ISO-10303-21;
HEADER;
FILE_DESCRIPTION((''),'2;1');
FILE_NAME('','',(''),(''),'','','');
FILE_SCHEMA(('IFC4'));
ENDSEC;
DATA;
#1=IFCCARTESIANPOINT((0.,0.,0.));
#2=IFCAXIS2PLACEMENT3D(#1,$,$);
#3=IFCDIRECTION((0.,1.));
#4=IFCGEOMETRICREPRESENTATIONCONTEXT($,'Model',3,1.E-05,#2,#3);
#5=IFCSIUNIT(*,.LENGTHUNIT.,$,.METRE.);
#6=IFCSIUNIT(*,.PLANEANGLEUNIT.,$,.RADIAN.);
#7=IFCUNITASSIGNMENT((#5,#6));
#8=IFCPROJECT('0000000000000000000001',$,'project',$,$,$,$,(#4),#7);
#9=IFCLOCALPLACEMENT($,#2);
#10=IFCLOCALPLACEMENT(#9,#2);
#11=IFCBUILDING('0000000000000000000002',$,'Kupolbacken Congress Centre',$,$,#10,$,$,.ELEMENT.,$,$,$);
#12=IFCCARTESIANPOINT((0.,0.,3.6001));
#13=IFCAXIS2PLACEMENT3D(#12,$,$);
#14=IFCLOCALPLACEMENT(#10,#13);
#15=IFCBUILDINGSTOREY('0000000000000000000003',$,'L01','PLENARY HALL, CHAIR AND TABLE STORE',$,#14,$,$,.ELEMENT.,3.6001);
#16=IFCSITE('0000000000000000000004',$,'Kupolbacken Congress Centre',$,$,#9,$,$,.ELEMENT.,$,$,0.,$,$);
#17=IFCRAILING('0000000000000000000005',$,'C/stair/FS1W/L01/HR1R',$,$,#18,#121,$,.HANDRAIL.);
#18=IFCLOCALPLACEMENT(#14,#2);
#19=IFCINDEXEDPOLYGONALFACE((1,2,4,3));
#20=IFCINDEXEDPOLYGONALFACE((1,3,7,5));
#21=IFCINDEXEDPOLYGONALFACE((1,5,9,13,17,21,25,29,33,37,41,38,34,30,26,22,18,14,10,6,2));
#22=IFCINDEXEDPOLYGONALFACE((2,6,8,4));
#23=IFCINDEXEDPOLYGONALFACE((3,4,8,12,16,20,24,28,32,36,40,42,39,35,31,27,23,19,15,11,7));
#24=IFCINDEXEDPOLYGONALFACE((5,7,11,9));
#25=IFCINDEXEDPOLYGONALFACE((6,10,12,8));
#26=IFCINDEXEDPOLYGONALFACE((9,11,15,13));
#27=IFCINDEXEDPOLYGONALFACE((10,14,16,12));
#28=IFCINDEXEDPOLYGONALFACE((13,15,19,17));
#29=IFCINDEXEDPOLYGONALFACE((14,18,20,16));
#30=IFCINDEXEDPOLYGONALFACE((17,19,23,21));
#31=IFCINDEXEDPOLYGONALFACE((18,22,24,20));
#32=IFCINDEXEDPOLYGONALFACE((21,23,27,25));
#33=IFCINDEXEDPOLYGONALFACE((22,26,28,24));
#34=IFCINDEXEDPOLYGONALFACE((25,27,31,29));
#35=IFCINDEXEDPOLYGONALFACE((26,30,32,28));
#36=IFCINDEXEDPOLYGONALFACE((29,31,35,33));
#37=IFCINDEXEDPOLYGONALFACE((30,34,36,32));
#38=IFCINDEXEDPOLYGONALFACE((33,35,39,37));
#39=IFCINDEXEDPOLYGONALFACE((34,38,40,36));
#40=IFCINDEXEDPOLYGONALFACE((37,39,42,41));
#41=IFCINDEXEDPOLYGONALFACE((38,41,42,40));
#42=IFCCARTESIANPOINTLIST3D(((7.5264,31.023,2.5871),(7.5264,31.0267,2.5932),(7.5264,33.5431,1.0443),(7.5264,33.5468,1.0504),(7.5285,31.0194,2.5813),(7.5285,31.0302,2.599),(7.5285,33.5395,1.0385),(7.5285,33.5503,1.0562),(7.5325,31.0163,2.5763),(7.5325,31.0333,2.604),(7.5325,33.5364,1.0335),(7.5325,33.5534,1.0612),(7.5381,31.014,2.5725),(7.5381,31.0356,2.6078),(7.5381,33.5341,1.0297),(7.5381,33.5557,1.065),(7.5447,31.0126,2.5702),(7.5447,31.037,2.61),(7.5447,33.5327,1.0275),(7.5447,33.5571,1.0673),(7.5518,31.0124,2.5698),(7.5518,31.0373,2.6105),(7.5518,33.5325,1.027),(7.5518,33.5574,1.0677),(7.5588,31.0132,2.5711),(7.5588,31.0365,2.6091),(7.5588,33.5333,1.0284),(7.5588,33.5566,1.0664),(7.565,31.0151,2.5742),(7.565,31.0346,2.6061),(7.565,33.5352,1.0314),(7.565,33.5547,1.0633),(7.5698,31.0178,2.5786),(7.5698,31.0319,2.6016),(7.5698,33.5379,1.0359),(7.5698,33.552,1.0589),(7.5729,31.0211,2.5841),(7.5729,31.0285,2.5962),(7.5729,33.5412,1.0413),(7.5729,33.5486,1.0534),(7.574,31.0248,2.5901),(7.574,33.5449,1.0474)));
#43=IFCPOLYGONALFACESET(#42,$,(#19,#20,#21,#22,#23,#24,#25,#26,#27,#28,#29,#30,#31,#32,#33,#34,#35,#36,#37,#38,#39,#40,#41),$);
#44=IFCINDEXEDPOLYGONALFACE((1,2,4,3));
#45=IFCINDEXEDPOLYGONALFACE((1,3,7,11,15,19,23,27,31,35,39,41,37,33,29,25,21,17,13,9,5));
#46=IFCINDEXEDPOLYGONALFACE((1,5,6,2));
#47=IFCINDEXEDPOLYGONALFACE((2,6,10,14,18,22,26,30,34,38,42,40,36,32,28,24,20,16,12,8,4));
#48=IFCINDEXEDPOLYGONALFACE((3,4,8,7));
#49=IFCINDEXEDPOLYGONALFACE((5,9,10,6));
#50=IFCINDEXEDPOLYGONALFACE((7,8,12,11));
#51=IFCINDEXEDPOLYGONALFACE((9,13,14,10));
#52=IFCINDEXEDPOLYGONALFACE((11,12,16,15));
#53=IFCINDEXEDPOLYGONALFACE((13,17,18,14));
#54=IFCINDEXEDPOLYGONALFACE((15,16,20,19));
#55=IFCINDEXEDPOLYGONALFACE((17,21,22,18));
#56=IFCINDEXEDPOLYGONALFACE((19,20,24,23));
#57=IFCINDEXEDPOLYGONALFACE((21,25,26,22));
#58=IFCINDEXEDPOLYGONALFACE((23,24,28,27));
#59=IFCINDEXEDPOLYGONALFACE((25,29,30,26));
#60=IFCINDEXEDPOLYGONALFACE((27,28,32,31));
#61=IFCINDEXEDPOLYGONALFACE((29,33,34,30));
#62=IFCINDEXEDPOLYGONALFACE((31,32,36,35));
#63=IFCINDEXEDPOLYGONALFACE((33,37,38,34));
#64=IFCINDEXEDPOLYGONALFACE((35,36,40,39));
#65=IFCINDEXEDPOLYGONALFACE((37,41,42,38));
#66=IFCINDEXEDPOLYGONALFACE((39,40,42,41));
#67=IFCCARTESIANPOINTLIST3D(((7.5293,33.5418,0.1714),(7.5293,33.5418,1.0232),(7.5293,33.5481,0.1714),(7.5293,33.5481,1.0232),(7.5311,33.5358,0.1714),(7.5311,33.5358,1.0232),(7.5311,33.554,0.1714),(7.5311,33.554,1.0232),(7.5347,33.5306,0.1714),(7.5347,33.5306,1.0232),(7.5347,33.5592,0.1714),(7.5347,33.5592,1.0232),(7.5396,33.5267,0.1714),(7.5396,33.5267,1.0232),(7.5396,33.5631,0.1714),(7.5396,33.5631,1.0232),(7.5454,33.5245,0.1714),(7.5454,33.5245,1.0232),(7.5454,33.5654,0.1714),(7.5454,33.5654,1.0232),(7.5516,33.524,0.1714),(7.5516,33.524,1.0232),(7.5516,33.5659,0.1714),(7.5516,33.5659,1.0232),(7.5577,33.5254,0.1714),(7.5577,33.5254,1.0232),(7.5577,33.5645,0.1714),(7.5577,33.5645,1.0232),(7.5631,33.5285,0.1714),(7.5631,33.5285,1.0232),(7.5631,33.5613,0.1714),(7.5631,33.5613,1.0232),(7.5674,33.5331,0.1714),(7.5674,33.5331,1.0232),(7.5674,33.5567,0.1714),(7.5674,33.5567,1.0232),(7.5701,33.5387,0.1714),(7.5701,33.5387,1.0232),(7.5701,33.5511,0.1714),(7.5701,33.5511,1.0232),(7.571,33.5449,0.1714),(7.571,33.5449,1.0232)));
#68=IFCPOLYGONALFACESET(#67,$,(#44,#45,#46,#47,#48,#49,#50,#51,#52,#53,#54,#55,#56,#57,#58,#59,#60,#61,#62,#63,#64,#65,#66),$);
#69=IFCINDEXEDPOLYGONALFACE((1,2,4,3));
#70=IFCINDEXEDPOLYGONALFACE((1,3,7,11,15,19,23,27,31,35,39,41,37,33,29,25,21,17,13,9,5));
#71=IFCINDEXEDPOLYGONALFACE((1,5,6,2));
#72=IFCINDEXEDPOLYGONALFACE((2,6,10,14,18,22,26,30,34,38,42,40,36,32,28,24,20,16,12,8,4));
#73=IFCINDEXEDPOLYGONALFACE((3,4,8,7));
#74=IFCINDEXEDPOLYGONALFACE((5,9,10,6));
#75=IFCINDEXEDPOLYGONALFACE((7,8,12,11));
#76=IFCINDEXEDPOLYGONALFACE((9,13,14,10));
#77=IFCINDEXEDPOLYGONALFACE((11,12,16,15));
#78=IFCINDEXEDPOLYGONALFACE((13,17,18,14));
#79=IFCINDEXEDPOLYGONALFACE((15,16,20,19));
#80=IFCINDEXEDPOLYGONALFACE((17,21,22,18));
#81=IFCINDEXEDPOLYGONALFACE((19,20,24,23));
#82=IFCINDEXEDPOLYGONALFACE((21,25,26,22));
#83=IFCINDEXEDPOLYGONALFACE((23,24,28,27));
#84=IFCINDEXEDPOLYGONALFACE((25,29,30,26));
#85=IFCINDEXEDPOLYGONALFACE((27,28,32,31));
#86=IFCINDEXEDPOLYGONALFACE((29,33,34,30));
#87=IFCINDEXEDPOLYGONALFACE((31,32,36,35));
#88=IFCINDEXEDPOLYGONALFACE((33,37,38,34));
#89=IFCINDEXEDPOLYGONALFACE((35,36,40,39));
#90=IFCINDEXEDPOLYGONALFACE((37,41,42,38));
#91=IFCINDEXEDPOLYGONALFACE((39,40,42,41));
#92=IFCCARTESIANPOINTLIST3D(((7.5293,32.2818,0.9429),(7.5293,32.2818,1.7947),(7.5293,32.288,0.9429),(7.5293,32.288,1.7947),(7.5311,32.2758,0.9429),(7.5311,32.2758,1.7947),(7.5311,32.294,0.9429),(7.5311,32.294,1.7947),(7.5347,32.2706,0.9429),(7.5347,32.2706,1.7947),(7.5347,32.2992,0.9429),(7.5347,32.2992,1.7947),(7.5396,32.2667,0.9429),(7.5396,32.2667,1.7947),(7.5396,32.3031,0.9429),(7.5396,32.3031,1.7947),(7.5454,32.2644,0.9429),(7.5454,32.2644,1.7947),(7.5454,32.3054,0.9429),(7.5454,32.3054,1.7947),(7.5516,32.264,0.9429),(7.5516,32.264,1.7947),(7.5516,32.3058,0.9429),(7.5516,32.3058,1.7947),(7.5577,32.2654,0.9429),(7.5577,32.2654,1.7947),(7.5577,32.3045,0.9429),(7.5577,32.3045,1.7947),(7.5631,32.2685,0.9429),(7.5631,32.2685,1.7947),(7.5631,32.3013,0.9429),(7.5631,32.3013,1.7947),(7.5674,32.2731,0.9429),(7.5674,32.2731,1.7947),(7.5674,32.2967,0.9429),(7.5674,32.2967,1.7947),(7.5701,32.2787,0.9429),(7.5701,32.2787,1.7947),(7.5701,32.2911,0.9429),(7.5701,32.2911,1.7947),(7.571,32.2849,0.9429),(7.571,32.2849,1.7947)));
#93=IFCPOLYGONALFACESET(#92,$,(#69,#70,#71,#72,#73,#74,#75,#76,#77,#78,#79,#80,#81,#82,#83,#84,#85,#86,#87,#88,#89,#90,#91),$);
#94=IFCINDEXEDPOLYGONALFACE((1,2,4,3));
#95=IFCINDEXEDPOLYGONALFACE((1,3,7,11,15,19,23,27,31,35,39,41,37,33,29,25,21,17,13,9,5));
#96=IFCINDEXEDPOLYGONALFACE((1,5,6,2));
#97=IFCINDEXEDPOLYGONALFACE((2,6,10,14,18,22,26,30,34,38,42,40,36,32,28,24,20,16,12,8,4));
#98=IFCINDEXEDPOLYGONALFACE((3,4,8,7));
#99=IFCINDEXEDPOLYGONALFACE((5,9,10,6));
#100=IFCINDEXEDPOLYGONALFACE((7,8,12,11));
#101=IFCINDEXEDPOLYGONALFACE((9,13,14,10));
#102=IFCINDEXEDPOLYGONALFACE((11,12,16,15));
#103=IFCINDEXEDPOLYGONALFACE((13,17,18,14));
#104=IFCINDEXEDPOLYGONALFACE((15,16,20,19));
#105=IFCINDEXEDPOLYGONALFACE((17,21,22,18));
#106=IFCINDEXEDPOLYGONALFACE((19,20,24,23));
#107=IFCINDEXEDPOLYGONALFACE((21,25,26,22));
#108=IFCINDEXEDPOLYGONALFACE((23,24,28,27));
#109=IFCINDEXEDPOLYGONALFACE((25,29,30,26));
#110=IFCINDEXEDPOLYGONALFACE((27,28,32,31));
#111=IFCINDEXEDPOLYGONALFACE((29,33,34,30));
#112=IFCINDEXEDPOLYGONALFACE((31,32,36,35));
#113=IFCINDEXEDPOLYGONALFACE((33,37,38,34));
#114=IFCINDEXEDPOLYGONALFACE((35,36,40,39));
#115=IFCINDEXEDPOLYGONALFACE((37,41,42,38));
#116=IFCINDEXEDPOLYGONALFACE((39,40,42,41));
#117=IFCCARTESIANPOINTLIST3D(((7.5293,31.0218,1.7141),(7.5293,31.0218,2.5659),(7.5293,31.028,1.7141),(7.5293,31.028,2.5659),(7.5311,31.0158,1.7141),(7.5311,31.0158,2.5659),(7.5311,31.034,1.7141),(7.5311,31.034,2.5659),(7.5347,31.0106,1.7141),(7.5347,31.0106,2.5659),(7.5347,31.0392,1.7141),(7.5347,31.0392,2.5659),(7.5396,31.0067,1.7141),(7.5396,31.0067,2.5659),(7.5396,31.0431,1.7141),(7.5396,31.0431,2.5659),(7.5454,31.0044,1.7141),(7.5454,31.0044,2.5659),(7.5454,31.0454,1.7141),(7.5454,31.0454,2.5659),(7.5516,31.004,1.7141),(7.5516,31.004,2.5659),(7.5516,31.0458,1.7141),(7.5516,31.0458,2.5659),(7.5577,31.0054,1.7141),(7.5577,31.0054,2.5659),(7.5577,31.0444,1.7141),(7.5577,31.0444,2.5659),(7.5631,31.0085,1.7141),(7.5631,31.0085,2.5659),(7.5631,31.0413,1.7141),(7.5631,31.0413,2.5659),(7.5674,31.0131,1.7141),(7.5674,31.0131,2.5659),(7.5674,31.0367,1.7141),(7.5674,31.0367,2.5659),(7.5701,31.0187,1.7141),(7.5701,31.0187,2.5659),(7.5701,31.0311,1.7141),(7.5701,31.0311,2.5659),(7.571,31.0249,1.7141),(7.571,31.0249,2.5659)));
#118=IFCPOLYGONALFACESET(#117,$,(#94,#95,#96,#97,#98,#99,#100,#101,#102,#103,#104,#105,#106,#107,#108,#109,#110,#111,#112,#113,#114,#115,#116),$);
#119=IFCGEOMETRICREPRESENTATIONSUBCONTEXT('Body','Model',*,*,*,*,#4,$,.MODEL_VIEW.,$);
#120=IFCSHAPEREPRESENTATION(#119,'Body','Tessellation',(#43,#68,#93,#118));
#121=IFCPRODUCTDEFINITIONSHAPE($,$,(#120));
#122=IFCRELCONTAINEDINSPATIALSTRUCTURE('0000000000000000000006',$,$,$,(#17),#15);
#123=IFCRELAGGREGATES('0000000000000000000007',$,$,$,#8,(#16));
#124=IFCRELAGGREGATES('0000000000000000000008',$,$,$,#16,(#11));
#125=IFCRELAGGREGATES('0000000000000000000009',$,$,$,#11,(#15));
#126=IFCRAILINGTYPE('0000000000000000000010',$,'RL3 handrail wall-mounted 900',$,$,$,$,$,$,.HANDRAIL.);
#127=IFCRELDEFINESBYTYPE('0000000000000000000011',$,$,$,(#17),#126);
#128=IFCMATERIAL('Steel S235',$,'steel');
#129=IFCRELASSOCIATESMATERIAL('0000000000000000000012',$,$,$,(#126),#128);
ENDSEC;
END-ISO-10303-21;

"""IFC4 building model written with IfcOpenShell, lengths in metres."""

from ifc_helpers import new_model, si_unit, direction, frame, origin, origin_2d, place, context, subcontext, project, spatial, circle, extrude, material, type_object, element, save


model = new_model("IFC4")

# Units and contexts
model_context = context("Model", 3, precision=1e-05, world=origin(), true_north=direction((0.0, 1.0)))
body_context = subcontext(model_context, "Body", "Model", "MODEL_VIEW")
ifc_project = project(units=[si_unit("LENGTHUNIT", "METRE"), si_unit("PLANEANGLEUNIT", "RADIAN")], contexts=[model_context])

# Site, building, storey
site_placement = place(None, origin())
site = spatial("IfcSite", under=ifc_project, at=site_placement, Name="Kupolbacken Congress Centre", CompositionType="ELEMENT", RefElevation=0.0)
building_placement = place(site_placement, origin())
building = spatial("IfcBuilding", under=site, at=building_placement, Name="Kupolbacken Congress Centre", CompositionType="ELEMENT")
storey_placement = place(building_placement, frame((0.0, 0.0, 3.6001)))
storey = spatial("IfcBuildingStorey", under=building, at=storey_placement, Name="L01", Description="PLENARY HALL, CHAIR AND TABLE STORE", CompositionType="ELEMENT", Elevation=3.6001)

# Railing
ifc_material_1 = material(Name="Steel S235", Category="steel")
railing_type = type_object("IfcRailingType", Name="RL3 handrail wall-mounted 900", PredefinedType="HANDRAIL", material=ifc_material_1)
railing_placement = place(storey_placement, frame((7.55, 33.5449, 0.1714)))
element("IfcRailing", 1, at=railing_placement, inside=storey, type_object=railing_type, Name="C/stair/FS1W/L01/HR1R", PredefinedType="HANDRAIL", context=body_context, shape_type="SweptSolid", body=[
    extrude(circle(Radius=0.0239, at=origin_2d()), frame((0.0, 0.0, 0.876), z_axis=(0.0, -0.852873, 0.522118), x_axis=(1.0, 0.0, 0.0)), (0.0, 0.0, 1.0), 2.9548),
    extrude(circle(Radius=0.021, at=origin_2d()), origin(), (0.0, 0.0, 1.0), 0.8518),
    extrude(circle(Radius=0.021, at=origin_2d()), frame((0.0, -1.26, 0.7715)), (0.0, 0.0, 1.0), 0.8518),
    extrude(circle(Radius=0.021, at=origin_2d()), frame((0.0, -2.52, 1.5427)), (0.0, 0.0, 1.0), 0.8518),
])

save(model, "model.ifc")
